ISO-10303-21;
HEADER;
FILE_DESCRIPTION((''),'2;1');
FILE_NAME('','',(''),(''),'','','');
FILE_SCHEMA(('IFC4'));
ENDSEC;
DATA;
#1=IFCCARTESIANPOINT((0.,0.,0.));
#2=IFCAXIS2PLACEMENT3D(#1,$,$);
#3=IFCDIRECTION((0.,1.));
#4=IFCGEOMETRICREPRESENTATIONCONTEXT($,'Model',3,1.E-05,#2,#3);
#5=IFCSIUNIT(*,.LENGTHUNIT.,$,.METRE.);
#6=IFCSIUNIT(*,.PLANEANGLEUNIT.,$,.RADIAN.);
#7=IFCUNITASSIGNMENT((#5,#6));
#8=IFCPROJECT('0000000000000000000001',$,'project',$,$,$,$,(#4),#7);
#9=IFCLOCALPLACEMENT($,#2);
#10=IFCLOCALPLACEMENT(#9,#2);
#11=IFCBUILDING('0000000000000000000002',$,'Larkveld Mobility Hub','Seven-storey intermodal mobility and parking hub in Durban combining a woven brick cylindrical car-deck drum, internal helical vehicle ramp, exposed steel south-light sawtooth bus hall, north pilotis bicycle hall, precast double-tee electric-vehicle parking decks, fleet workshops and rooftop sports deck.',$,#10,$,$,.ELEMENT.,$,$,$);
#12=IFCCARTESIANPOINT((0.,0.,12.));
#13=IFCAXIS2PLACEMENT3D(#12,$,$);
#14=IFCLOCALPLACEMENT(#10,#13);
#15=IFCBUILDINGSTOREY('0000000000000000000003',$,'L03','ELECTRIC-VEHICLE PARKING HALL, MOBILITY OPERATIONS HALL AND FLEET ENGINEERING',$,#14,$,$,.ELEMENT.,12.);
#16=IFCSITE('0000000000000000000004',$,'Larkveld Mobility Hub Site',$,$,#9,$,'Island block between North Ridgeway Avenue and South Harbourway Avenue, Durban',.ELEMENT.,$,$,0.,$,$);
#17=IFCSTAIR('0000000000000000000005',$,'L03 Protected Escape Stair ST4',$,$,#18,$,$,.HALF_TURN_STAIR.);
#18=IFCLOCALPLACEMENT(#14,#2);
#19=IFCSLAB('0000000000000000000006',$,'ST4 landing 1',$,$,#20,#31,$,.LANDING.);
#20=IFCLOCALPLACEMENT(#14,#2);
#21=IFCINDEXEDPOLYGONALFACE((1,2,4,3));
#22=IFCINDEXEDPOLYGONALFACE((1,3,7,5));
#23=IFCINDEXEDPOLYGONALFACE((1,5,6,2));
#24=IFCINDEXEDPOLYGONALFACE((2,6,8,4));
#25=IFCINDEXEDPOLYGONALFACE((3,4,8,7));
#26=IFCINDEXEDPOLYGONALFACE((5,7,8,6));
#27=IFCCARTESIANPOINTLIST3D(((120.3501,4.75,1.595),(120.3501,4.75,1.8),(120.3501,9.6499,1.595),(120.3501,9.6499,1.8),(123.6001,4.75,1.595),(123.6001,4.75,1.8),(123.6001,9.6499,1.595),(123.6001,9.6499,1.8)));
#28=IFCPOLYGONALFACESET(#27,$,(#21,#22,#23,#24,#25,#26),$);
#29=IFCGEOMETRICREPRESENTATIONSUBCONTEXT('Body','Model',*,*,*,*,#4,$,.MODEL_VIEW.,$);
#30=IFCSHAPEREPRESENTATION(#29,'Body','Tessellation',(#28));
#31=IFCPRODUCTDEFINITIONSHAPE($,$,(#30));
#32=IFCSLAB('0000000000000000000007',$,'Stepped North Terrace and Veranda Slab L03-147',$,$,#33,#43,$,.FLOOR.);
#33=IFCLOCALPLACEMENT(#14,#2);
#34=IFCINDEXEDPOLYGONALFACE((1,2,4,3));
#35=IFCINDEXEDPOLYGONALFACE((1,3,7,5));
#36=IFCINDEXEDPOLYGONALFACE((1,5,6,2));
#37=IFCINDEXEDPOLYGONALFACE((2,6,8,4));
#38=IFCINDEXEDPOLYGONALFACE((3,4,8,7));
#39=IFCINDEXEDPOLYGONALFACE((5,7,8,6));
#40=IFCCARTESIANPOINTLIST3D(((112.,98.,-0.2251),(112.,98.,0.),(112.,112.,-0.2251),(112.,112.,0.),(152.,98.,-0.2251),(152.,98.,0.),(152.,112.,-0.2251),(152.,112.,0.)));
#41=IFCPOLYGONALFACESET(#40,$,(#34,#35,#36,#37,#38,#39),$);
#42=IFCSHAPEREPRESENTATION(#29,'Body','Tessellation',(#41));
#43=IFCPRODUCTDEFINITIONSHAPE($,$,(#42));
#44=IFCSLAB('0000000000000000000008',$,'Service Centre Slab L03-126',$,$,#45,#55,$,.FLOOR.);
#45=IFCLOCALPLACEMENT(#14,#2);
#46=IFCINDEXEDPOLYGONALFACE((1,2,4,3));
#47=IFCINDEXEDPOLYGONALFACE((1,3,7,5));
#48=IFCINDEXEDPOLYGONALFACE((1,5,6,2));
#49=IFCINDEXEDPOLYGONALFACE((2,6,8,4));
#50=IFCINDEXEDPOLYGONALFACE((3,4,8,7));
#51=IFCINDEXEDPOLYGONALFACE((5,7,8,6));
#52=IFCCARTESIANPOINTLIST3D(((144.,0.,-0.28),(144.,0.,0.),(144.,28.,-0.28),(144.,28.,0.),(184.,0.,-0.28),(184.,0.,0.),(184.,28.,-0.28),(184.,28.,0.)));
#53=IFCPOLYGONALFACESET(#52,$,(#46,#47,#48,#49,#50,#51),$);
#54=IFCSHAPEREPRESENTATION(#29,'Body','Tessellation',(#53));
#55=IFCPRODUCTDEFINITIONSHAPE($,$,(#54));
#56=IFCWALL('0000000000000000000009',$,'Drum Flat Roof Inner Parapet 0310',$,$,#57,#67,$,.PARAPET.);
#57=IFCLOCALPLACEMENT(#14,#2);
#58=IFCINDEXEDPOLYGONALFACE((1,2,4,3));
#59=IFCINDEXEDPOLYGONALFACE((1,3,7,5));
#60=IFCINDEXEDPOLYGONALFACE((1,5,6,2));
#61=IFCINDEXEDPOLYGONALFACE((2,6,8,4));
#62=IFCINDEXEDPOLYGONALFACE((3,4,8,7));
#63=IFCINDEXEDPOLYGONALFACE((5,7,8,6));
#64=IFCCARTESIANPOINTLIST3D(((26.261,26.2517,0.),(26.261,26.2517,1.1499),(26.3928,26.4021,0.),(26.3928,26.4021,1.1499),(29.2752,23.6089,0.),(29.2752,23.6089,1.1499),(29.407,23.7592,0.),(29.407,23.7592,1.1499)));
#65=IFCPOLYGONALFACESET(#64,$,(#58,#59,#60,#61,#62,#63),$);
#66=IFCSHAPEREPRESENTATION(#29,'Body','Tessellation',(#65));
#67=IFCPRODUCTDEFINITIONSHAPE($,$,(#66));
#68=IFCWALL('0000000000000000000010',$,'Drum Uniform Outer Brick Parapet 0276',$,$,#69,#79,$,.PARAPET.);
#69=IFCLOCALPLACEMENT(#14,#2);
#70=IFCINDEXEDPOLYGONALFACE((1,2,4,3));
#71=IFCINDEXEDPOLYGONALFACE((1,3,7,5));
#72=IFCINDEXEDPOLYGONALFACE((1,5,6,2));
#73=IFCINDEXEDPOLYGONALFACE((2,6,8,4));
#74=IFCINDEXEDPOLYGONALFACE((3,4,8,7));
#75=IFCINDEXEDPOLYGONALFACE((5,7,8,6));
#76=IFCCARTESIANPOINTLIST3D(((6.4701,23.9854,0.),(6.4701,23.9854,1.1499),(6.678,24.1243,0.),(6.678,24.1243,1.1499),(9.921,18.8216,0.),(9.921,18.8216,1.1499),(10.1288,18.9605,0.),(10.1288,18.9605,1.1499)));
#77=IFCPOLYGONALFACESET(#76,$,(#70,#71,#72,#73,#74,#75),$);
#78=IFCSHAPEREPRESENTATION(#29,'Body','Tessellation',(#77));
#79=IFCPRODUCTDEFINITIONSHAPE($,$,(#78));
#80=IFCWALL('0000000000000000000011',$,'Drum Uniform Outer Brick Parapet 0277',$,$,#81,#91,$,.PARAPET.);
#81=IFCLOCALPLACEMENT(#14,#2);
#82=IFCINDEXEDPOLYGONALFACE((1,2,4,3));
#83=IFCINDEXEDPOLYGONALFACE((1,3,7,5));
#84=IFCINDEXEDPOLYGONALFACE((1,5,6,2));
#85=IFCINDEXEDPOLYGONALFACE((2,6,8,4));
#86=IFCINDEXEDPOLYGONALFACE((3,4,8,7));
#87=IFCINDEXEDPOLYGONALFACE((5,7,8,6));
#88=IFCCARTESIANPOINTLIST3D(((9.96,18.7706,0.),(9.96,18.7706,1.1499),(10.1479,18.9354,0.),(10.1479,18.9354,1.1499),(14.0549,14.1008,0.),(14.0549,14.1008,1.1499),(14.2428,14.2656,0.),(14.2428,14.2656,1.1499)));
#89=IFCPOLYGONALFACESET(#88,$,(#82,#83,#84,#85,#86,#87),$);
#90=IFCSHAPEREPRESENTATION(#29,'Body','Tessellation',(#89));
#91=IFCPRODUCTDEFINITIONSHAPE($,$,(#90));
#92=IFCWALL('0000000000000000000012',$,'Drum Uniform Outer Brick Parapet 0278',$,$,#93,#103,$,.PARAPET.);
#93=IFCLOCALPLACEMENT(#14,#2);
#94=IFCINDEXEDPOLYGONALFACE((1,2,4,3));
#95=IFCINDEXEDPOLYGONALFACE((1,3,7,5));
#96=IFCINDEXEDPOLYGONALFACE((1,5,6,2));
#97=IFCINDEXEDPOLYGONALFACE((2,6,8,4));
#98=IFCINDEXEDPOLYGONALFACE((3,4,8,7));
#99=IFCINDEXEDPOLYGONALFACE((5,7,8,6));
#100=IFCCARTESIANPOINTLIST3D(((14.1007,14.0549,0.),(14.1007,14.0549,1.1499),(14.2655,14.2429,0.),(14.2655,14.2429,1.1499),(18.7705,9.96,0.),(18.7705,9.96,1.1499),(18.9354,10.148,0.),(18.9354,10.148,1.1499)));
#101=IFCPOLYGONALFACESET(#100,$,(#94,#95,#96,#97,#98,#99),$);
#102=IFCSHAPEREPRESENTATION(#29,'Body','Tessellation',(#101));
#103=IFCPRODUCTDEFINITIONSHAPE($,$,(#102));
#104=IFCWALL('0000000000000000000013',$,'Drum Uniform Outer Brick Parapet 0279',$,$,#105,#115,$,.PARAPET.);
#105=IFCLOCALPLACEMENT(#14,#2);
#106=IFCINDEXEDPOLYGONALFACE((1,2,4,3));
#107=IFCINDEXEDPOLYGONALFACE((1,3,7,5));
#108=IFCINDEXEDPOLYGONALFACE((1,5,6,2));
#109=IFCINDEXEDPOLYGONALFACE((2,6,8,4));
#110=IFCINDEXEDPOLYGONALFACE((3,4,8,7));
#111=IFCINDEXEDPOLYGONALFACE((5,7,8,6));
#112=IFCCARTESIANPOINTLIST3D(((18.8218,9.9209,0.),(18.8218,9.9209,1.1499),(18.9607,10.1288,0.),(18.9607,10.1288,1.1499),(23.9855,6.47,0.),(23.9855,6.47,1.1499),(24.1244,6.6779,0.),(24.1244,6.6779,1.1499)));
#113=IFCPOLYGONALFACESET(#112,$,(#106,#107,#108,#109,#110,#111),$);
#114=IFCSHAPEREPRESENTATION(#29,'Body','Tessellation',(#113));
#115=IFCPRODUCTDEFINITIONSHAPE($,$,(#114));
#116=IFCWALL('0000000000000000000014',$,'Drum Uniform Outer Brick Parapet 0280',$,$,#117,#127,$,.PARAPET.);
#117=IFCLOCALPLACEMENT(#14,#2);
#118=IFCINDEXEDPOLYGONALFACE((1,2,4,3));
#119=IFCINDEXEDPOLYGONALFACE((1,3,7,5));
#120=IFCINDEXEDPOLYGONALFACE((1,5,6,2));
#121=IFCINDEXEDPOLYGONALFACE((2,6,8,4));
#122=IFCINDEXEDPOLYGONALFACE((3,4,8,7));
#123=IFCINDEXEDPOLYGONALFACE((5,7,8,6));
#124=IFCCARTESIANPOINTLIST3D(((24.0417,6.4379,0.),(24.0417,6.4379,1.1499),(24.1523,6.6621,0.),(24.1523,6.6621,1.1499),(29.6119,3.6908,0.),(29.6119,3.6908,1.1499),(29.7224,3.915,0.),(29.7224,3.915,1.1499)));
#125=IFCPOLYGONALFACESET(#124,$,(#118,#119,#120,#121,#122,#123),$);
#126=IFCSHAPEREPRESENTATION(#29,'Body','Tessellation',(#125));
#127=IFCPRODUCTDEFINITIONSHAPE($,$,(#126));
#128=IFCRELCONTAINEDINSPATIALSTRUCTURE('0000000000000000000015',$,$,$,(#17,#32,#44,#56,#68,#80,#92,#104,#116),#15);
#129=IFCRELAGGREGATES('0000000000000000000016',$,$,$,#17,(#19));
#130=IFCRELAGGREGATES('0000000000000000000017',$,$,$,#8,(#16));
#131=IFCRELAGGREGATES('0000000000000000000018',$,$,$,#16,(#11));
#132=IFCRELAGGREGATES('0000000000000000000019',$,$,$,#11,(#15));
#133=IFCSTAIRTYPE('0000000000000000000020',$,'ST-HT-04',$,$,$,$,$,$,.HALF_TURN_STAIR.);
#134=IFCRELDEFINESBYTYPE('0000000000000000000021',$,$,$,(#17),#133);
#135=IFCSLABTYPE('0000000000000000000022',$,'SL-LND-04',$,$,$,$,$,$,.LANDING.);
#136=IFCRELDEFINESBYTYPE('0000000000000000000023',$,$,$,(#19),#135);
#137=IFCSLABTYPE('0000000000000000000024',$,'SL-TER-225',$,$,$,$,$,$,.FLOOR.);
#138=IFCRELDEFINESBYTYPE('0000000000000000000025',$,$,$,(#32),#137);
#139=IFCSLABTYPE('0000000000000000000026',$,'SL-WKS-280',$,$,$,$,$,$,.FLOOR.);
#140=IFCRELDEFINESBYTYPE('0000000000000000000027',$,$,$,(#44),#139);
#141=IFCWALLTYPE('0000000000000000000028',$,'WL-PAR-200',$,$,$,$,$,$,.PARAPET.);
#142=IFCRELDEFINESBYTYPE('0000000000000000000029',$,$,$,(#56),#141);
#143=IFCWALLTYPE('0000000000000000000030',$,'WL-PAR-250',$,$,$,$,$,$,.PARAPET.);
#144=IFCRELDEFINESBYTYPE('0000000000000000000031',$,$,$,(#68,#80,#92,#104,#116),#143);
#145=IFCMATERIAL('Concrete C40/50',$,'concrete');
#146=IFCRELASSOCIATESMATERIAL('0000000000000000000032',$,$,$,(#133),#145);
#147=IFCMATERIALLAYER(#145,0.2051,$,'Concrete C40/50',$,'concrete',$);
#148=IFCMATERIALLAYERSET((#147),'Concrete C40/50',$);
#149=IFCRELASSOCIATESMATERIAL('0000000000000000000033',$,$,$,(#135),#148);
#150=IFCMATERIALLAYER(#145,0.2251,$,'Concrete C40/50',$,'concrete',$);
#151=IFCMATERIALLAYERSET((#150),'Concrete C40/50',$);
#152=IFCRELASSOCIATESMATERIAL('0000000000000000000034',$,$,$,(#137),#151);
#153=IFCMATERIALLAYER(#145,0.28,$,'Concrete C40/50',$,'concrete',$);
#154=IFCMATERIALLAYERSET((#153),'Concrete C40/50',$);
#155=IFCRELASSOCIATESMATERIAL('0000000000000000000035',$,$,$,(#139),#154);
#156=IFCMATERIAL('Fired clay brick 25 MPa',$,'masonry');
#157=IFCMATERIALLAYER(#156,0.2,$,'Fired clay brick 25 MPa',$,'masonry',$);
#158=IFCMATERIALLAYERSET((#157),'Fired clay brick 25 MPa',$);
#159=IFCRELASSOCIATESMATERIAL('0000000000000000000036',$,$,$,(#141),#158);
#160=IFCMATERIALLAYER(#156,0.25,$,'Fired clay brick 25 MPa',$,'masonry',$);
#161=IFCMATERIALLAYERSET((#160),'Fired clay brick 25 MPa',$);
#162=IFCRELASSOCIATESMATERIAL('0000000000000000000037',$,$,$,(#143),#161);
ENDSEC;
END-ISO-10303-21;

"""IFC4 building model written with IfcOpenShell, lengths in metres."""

from ifc_helpers import new_model, si_unit, direction, frame, frame_2d, origin, place, context, subcontext, project, spatial, polyline, rectangle, outline, extrude, material, layer, layer_set, type_object, element, aggregate, save


model = new_model("IFC4")

# Units and contexts
model_context = context("Model", 3, precision=1e-05, world=origin(), true_north=direction((0.0, 1.0)))
body_context = subcontext(model_context, "Body", "Model", "MODEL_VIEW")
ifc_project = project(units=[si_unit("LENGTHUNIT", "METRE"), si_unit("PLANEANGLEUNIT", "RADIAN")], contexts=[model_context])

# Site, building, storey
site_placement = place(None, origin())
site = spatial("IfcSite", under=ifc_project, at=site_placement, Name="Larkveld Mobility Hub Site", LongName="Island block between North Ridgeway Avenue and South Harbourway Avenue, Durban", CompositionType="ELEMENT", RefElevation=0.0)
building_placement = place(site_placement, origin())
building = spatial("IfcBuilding", under=site, at=building_placement, Name="Larkveld Mobility Hub", Description="Seven-storey intermodal mobility and parking hub in Durban combining a woven brick cylindrical car-deck drum, internal helical vehicle ramp, exposed steel south-light sawtooth bus hall, north pilotis bicycle hall, precast double-tee electric-vehicle parking decks, fleet workshops and rooftop sports deck.", CompositionType="ELEMENT")
storey_placement = place(building_placement, frame((0.0, 0.0, 12.0)))
storey = spatial("IfcBuildingStorey", under=building, at=storey_placement, Name="L03", Description="ELECTRIC-VEHICLE PARKING HALL, MOBILITY OPERATIONS HALL AND FLEET ENGINEERING", CompositionType="ELEMENT", Elevation=12.0)

# Shared definitions
ifc_material_1 = material(Name="Concrete C40/50", Category="concrete")

# Stair, slab
stair_type_1 = type_object("IfcStairType", Name="ST-HT-04", PredefinedType="HALF_TURN_STAIR", material=ifc_material_1)
stair_1_placement = place(storey_placement, origin())
stair_1 = element("IfcStair", 1, at=stair_1_placement, inside=storey, type_object=stair_type_1, Name="L03 Protected Escape Stair ST4", PredefinedType="HALF_TURN_STAIR")
ifc_layer_1 = layer(ifc_material_1, 0.2051, Name="Concrete C40/50", Category="concrete")
ifc_layer_set_1 = layer_set([ifc_layer_1], Name="Concrete C40/50")
slab_type_1 = type_object("IfcSlabType", Name="SL-LND-04", PredefinedType="LANDING", material=ifc_layer_set_1)
slab_1_placement = place(storey_placement, frame((0.0, 0.0, 1.595)))
slab_1 = element("IfcSlab", 2, at=slab_1_placement, type_object=slab_type_1, Name="ST4 landing 1", PredefinedType="LANDING", context=body_context, shape_type="SweptSolid", body=[
    extrude(outline(polyline([(123.6001, 4.75), (123.6001, 9.6499), (120.3501, 9.6499), (120.3501, 4.75), (123.6001, 4.75)])), origin(), (0.0, 0.0, 1.0), 0.2051),
])
aggregate(stair_1, [slab_1])

# Slabs
ifc_layer_2 = layer(ifc_material_1, 0.2251, Name="Concrete C40/50", Category="concrete")
ifc_layer_set_2 = layer_set([ifc_layer_2], Name="Concrete C40/50")
slab_type_2 = type_object("IfcSlabType", Name="SL-TER-225", PredefinedType="FLOOR", material=ifc_layer_set_2)
slab_2_placement = place(storey_placement, frame((0.0, 0.0, -0.2251)))
element("IfcSlab", 3, at=slab_2_placement, inside=storey, type_object=slab_type_2, Name="Stepped North Terrace and Veranda Slab L03-147", PredefinedType="FLOOR", context=body_context, shape_type="SweptSolid", body=[
    extrude(outline(polyline([(112.0, 98.0), (152.0, 98.0), (152.0, 112.0), (112.0, 112.0), (112.0, 98.0)])), origin(), (0.0, 0.0, 1.0), 0.2251),
])
ifc_layer_3 = layer(ifc_material_1, 0.28, Name="Concrete C40/50", Category="concrete")
ifc_layer_set_3 = layer_set([ifc_layer_3], Name="Concrete C40/50")
slab_type_3 = type_object("IfcSlabType", Name="SL-WKS-280", PredefinedType="FLOOR", material=ifc_layer_set_3)
slab_3_placement = place(storey_placement, frame((0.0, 0.0, -0.28)))
element("IfcSlab", 4, at=slab_3_placement, inside=storey, type_object=slab_type_3, Name="Service Centre Slab L03-126", PredefinedType="FLOOR", context=body_context, shape_type="SweptSolid", body=[
    extrude(outline(polyline([(144.0, 0.0), (184.0, 0.0), (184.0, 28.0), (144.0, 28.0), (144.0, 0.0)])), origin(), (0.0, 0.0, 1.0), 0.28),
])

# Walls
ifc_material_2 = material(Name="Fired clay brick 25 MPa", Category="masonry")
ifc_layer_4 = layer(ifc_material_2, 0.2, Name="Fired clay brick 25 MPa", Category="masonry")
ifc_layer_set_4 = layer_set([ifc_layer_4], Name="Fired clay brick 25 MPa")
wall_type_1 = type_object("IfcWallType", Name="WL-PAR-200", PredefinedType="PARAPET", material=ifc_layer_set_4)
wall_1_placement = place(storey_placement, frame((26.3269, 26.3269, 0.0), z_axis=(0.0, 0.0, 1.0), x_axis=(0.751905, -0.659272, 0.0)))
element("IfcWall", 5, at=wall_1_placement, inside=storey, type_object=wall_type_1, Name="Drum Flat Roof Inner Parapet 0310", PredefinedType="PARAPET", context=body_context, shape_type="SweptSolid", body=[
    extrude(rectangle(XDim=4.0088, YDim=0.2, at=frame_2d((2.0044, 0.0))), origin(), (0.0, 0.0, 1.0), 1.1499),
])
ifc_layer_5 = layer(ifc_material_2, 0.25, Name="Fired clay brick 25 MPa", Category="masonry")
ifc_layer_set_5 = layer_set([ifc_layer_5], Name="Fired clay brick 25 MPa")
wall_type_2 = type_object("IfcWallType", Name="WL-PAR-250", PredefinedType="PARAPET", material=ifc_layer_set_5)
wall_2_placement = place(storey_placement, frame((6.574, 24.0549, 0.0), z_axis=(0.0, 0.0, 1.0), x_axis=(0.555634, -0.831427, 0.0)))
element("IfcWall", 6, at=wall_2_placement, inside=storey, type_object=wall_type_2, Name="Drum Uniform Outer Brick Parapet 0276", PredefinedType="PARAPET", context=body_context, shape_type="SweptSolid", body=[
    extrude(rectangle(XDim=6.2107, YDim=0.25, at=frame_2d((3.1055, 0.0))), origin(), (0.0, 0.0, 1.0), 1.1499),
])
for number, where, z_axis, x_axis, name in (
    (7, (10.054, 18.853, 0.0), (0.0, 0.0, 1.0), (0.659306, -0.751875, 0.0), "Drum Uniform Outer Brick Parapet 0277"),
    (8, (14.1831, 14.1489, 0.0), (0.0, 0.0, 1.0), (0.751875, -0.659306, 0.0), "Drum Uniform Outer Brick Parapet 0278"),
):
    element("IfcWall", number, at=place(storey_placement, frame(where, z_axis=z_axis, x_axis=x_axis)), inside=storey, type_object=wall_type_2, Name=name, PredefinedType="PARAPET", context=body_context, shape_type="SweptSolid", body=[
        extrude(rectangle(XDim=6.2109, YDim=0.25, at=frame_2d((3.1055, 0.0))), origin(), (0.0, 0.0, 1.0), 1.1499),
    ])
for number, where, z_axis, x_axis, name in (
    (9, (18.8911, 10.0249, 0.0), (0.0, 0.0, 1.0), (0.831427, -0.555634, 0.0), "Drum Uniform Outer Brick Parapet 0279"),
    (10, (24.0969, 6.55, 0.0), (0.0, 0.0, 1.0), (0.896859, -0.442317, 0.0), "Drum Uniform Outer Brick Parapet 0280"),
):
    element("IfcWall", number, at=place(storey_placement, frame(where, z_axis=z_axis, x_axis=x_axis)), inside=storey, type_object=wall_type_2, Name=name, PredefinedType="PARAPET", context=body_context, shape_type="SweptSolid", body=[
        extrude(rectangle(XDim=6.2107, YDim=0.25, at=frame_2d((3.1055, 0.0))), origin(), (0.0, 0.0, 1.0), 1.1499),
    ])

save(model, "model.ifc")
